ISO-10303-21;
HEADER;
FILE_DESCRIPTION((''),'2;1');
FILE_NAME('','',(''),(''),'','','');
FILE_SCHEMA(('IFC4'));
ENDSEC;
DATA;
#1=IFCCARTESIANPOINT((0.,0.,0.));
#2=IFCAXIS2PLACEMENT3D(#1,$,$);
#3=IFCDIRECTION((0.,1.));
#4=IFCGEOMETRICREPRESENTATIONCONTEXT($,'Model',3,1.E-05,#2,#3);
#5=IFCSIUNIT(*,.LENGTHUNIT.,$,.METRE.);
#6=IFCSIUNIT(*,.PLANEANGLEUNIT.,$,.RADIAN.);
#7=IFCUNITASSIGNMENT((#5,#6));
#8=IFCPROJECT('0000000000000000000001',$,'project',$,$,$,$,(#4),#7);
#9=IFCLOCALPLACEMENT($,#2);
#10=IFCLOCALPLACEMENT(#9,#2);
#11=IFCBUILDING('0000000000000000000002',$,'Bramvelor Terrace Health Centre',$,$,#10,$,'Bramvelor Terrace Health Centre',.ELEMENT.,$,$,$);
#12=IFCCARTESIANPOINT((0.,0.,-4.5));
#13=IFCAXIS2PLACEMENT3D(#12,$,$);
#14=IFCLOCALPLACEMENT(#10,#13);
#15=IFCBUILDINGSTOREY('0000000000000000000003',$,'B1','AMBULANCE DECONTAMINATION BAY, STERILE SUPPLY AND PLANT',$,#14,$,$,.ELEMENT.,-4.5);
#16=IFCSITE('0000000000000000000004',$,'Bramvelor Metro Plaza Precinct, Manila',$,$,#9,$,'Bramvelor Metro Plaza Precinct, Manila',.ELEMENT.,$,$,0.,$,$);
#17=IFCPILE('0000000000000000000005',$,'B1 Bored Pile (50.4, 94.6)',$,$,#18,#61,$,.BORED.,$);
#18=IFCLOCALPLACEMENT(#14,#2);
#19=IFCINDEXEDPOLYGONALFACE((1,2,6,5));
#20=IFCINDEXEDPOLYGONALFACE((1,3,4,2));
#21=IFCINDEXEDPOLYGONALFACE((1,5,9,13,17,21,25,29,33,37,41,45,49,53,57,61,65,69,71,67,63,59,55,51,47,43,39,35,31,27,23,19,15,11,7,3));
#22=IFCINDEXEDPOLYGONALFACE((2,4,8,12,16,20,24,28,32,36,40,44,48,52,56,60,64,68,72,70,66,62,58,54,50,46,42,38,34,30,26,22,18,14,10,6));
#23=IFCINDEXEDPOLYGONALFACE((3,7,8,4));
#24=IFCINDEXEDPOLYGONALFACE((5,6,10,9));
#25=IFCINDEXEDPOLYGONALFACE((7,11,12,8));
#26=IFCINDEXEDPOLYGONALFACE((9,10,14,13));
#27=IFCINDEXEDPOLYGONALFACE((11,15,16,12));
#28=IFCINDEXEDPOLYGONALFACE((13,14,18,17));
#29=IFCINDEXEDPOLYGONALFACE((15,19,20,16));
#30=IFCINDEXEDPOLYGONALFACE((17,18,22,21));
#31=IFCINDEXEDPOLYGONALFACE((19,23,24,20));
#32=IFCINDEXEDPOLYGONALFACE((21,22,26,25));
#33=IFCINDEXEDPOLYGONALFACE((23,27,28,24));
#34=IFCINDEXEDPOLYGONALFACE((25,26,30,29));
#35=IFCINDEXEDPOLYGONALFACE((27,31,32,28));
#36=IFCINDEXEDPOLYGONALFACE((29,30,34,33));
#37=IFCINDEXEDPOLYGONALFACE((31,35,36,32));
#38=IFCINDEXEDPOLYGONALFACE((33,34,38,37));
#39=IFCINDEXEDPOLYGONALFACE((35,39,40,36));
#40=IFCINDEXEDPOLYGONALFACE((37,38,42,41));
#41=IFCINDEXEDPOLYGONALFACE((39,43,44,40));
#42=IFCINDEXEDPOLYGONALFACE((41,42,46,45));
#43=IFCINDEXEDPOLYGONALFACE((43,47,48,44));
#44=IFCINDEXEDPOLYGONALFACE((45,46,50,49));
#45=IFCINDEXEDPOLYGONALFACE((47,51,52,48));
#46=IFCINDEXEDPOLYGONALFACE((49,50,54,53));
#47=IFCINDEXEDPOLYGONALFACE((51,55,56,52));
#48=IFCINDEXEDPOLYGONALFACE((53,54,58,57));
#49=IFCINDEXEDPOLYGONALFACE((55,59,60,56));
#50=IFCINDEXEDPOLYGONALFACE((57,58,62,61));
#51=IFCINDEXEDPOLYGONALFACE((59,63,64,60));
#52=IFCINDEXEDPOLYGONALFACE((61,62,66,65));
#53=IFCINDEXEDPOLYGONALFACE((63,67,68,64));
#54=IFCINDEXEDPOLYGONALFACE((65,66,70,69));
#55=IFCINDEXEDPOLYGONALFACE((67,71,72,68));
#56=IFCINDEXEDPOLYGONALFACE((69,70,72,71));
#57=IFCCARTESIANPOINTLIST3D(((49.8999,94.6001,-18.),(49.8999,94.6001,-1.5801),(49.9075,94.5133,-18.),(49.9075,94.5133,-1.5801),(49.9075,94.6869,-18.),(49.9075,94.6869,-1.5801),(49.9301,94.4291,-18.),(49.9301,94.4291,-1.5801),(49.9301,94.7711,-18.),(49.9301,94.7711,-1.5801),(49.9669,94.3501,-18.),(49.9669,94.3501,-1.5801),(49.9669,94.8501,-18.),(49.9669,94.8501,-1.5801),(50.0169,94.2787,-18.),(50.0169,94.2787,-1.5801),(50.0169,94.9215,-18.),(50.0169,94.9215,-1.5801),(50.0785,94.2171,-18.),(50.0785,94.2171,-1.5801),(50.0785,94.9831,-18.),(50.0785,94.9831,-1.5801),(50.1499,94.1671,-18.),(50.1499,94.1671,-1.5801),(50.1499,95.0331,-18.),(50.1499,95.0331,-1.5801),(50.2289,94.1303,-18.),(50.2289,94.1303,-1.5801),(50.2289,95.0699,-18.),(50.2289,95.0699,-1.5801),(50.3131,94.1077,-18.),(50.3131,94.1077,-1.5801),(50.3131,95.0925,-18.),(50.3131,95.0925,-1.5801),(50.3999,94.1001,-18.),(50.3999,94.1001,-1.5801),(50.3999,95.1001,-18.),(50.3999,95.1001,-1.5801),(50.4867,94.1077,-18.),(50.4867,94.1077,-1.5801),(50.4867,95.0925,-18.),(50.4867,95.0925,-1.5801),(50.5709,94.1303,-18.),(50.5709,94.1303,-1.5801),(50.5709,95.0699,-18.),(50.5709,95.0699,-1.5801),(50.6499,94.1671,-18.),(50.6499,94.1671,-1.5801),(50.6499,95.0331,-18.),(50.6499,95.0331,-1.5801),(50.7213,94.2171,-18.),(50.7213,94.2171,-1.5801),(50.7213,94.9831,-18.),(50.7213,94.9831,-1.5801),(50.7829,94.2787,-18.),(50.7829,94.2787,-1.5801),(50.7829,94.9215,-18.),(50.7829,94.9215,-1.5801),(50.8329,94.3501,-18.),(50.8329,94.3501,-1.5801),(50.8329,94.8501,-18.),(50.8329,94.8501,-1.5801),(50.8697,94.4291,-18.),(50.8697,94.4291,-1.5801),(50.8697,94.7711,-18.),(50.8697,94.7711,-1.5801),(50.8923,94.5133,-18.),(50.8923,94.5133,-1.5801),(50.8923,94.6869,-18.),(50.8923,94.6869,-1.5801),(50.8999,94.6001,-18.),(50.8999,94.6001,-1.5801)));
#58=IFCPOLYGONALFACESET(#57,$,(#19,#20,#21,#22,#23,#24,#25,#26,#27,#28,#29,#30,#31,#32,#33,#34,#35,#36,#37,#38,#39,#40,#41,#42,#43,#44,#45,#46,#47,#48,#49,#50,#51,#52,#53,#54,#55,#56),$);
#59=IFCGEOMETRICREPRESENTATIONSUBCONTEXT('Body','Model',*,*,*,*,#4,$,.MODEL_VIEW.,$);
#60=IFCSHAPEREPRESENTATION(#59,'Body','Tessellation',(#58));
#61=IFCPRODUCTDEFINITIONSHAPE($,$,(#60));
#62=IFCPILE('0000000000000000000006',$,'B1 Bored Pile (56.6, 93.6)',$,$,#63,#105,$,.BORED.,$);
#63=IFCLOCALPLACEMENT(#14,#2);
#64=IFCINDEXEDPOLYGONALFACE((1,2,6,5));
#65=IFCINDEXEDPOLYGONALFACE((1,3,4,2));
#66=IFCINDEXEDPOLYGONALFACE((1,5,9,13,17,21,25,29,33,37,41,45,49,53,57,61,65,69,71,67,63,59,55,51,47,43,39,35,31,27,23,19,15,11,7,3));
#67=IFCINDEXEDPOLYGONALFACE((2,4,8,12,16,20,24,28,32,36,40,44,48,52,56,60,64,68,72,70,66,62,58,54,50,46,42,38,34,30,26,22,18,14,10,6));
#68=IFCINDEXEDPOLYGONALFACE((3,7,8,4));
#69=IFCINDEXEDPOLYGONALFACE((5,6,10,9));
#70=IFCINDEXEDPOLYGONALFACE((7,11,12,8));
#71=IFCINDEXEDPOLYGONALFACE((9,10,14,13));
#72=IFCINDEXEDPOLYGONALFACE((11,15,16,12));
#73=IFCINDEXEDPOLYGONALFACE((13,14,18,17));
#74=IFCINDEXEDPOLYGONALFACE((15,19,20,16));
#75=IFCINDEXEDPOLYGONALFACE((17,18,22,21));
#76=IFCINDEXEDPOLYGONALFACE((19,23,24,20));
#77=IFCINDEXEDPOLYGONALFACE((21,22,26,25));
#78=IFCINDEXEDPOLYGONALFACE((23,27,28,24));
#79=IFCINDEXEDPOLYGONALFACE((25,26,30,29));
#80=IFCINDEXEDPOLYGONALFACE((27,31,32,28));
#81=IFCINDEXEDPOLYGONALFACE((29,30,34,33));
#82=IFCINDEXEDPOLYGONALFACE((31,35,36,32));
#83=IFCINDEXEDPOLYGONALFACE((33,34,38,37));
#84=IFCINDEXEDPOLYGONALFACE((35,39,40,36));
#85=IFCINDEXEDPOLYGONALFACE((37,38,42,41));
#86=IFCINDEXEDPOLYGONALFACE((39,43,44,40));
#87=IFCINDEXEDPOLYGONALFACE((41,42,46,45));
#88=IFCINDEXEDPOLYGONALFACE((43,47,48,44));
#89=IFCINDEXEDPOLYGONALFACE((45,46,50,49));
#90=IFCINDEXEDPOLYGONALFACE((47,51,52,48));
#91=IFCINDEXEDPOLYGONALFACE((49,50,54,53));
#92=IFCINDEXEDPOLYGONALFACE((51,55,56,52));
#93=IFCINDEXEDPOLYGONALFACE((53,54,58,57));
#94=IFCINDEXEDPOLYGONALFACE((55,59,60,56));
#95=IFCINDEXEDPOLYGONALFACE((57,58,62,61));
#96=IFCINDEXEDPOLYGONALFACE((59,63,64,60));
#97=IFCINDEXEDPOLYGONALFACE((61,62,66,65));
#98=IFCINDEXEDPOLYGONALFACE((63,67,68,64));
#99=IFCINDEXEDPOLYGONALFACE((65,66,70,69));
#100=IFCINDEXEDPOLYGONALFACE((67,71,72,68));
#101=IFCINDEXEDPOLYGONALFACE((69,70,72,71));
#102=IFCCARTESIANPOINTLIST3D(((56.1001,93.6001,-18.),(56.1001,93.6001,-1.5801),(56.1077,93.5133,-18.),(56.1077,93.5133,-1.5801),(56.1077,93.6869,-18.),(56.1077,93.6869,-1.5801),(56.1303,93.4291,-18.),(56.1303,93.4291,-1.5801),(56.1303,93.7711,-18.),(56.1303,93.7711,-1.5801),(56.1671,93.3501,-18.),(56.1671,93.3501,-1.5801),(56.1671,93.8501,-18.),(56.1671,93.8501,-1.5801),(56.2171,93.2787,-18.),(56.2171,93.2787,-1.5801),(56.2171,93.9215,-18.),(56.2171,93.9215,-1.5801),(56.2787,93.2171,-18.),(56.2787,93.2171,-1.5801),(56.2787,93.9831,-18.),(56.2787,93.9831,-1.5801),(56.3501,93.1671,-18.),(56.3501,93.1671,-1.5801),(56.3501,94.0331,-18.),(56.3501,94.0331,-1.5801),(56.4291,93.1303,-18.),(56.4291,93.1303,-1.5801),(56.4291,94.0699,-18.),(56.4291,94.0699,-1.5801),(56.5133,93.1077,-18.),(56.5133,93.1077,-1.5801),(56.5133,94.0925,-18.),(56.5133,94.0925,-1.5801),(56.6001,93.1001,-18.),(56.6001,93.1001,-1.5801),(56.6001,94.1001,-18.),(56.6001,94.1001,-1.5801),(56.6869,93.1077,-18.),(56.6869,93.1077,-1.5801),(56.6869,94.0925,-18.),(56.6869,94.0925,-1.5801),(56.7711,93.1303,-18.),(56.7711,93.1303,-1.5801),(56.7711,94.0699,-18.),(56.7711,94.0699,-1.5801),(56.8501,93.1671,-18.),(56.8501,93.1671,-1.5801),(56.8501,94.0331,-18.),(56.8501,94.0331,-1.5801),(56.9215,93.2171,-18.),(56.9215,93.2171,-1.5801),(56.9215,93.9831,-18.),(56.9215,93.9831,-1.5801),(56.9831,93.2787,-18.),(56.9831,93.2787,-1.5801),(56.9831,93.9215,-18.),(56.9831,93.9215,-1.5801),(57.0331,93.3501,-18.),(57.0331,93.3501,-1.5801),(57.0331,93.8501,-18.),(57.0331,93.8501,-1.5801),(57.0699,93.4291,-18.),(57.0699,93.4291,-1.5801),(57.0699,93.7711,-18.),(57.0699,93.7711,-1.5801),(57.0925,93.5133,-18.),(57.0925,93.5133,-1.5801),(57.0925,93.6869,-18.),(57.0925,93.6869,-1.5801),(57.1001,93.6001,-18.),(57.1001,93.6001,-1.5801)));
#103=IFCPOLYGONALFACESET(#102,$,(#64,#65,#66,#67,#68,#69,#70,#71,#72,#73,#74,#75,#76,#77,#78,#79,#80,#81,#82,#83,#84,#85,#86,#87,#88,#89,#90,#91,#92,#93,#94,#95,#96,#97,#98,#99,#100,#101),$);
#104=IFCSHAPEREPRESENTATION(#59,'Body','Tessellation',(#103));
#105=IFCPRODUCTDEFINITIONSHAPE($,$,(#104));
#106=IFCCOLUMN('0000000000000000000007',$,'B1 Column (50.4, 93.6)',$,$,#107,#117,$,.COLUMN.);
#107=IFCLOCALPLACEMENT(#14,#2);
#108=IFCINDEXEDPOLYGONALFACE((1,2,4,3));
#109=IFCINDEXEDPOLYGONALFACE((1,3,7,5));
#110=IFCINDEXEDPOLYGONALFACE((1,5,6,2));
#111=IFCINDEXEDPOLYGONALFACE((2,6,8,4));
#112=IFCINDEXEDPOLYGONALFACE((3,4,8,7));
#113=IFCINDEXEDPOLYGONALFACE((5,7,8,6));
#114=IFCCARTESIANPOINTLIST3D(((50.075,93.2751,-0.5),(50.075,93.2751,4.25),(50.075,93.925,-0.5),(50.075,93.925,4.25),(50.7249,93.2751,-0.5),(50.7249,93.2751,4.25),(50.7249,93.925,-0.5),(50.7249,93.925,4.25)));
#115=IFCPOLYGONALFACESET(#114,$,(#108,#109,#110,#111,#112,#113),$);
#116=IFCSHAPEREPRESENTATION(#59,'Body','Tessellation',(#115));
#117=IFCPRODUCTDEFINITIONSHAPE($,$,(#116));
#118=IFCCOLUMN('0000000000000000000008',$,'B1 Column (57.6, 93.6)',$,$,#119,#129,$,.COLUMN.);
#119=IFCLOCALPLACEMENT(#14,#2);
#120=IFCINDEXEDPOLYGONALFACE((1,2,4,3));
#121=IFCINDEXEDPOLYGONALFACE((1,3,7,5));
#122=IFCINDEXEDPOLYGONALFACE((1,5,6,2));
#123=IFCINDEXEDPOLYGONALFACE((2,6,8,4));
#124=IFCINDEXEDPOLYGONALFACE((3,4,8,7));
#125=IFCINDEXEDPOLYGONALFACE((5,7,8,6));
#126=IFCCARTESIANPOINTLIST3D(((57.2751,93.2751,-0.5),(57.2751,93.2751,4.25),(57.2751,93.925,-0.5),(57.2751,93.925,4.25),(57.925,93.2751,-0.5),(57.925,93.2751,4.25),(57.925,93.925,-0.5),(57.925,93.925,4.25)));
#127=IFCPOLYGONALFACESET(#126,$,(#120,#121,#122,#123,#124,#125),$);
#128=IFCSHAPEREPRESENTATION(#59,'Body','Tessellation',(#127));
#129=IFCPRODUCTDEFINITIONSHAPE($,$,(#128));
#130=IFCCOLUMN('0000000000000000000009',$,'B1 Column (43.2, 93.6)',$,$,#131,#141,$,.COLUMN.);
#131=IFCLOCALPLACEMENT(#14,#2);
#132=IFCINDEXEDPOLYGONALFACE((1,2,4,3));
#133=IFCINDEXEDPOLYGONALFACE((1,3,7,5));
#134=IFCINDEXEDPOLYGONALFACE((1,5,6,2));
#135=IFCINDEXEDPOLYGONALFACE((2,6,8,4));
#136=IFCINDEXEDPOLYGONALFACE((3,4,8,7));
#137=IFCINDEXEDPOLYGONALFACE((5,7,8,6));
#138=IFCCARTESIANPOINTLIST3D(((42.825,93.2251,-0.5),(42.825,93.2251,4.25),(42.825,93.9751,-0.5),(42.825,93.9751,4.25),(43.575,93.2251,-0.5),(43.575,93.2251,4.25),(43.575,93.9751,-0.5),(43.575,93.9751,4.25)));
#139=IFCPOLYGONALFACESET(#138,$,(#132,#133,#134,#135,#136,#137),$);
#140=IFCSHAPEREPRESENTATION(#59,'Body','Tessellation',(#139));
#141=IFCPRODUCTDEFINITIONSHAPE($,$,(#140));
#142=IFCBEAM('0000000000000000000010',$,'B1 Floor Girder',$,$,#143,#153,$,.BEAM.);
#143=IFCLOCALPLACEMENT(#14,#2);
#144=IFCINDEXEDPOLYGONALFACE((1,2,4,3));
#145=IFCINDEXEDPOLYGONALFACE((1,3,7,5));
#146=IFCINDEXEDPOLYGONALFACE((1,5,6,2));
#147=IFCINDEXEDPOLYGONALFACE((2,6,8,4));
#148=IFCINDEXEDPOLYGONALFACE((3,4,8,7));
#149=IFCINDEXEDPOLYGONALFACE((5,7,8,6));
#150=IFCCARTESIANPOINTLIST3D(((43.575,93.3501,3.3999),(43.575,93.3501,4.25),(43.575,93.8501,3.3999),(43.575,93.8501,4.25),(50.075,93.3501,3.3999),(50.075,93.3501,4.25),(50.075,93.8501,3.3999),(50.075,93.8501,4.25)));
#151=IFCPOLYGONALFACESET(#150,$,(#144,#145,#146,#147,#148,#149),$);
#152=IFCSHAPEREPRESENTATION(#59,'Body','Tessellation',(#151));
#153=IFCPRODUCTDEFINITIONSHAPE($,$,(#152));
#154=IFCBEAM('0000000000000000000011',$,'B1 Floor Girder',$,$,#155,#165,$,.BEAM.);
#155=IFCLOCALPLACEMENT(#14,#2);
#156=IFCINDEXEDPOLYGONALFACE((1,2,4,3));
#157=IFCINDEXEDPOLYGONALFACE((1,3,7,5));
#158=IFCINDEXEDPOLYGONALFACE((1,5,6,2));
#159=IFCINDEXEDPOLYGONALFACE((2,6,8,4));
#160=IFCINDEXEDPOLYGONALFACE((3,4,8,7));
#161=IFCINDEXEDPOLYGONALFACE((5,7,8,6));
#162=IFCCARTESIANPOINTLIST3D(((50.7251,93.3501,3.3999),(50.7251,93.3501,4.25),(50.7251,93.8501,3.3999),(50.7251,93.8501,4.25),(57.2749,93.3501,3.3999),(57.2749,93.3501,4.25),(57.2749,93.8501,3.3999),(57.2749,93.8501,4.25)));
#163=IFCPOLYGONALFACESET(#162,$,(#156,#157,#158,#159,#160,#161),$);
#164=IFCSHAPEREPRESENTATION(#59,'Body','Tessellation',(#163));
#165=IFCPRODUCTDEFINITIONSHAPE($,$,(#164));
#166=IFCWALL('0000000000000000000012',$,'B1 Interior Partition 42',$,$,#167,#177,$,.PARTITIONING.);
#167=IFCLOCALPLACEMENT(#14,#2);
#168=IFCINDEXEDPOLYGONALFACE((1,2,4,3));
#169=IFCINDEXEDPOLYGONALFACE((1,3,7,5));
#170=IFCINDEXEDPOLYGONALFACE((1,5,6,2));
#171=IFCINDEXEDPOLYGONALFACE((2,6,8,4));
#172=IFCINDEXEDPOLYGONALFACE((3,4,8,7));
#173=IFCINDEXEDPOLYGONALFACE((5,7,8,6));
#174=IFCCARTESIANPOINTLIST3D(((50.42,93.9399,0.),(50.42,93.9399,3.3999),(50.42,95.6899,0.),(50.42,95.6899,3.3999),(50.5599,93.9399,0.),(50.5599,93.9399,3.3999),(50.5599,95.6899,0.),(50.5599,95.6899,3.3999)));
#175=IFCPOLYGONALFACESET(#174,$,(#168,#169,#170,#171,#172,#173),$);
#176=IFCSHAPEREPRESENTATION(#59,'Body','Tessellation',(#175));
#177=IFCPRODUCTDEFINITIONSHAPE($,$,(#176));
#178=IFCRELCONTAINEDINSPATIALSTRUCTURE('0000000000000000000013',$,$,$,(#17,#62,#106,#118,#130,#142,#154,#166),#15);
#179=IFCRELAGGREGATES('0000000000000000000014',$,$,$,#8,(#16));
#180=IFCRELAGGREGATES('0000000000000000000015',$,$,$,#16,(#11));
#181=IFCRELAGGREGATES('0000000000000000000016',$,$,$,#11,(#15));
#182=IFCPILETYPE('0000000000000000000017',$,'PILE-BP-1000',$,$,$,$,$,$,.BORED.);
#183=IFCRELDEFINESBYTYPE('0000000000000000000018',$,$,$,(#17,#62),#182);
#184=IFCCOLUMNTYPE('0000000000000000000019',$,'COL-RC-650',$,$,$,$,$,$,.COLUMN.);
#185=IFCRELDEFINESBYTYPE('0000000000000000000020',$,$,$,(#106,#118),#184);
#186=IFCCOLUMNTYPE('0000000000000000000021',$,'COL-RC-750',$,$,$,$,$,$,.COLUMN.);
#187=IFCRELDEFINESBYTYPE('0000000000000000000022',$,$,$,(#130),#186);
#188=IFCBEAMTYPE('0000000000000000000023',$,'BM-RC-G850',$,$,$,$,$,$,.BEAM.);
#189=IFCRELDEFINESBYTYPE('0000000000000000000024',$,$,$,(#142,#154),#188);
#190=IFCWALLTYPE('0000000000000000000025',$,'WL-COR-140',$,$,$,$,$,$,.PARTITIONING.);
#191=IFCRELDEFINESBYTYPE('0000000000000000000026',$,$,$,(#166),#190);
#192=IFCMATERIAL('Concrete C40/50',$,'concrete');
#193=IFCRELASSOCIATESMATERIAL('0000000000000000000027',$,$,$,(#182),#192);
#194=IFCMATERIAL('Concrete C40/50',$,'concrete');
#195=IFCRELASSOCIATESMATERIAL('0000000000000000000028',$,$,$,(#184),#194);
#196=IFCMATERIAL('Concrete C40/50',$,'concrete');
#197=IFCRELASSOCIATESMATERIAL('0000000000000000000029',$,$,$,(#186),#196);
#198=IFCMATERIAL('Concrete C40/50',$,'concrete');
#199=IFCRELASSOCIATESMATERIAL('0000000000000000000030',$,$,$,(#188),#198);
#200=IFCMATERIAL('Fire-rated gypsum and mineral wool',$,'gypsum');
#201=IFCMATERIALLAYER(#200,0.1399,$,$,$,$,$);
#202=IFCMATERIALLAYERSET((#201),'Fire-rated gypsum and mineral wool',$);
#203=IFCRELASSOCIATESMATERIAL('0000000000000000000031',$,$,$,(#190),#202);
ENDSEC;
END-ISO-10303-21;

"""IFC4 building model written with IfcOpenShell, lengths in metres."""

from ifc_helpers import new_model, si_unit, direction, frame, frame_2d, origin, origin_2d, place, context, subcontext, project, spatial, rectangle, circle, extrude, material, layer, layer_set, material_profile, profile_set, type_object, element, save


model = new_model("IFC4")

# Units and contexts
model_context = context("Model", 3, precision=1e-05, world=origin(), true_north=direction((0.0, 1.0)))
body_context = subcontext(model_context, "Body", "Model", "MODEL_VIEW")
ifc_project = project(units=[si_unit("LENGTHUNIT", "METRE"), si_unit("PLANEANGLEUNIT", "RADIAN")], contexts=[model_context])

# Site, building, storey
site_placement = place(None, origin())
site = spatial("IfcSite", under=ifc_project, at=site_placement, Name="Bramvelor Metro Plaza Precinct, Manila", LongName="Bramvelor Metro Plaza Precinct, Manila", CompositionType="ELEMENT", RefElevation=0.0)
building_placement = place(site_placement, origin())
building = spatial("IfcBuilding", under=site, at=building_placement, Name="Bramvelor Terrace Health Centre", LongName="Bramvelor Terrace Health Centre", CompositionType="ELEMENT")
storey_placement = place(building_placement, frame((0.0, 0.0, -4.5)))
storey = spatial("IfcBuildingStorey", under=building, at=storey_placement, Name="B1", Description="AMBULANCE DECONTAMINATION BAY, STERILE SUPPLY AND PLANT", CompositionType="ELEMENT", Elevation=-4.5)

# Piles
ifc_material_1 = material(Name="Concrete C40/50", Category="concrete")
ifc_material_profile_1 = material_profile(ifc_material_1, circle(Radius=0.5, at=origin_2d()), Name="BP D1000")
ifc_profile_set_1 = profile_set([ifc_material_profile_1], Name="Concrete C40/50")
pile_type = type_object("IfcPileType", Name="PILE-BP-1000", PredefinedType="BORED", material=ifc_profile_set_1)
for number, where, z_axis, x_axis, name in (
    (1, (50.3999, 94.6001, -1.5801), (0.0, 0.0, -1.0), (1.0, 0.0, 0.0), "B1 Bored Pile (50.4, 94.6)"),
    (2, (56.6001, 93.6001, -1.5801), (0.0, 0.0, -1.0), (1.0, 0.0, 0.0), "B1 Bored Pile (56.6, 93.6)"),
):
    element("IfcPile", number, at=place(storey_placement, frame(where, z_axis=z_axis, x_axis=x_axis)), inside=storey, type_object=pile_type, Name=name, PredefinedType="BORED", context=body_context, shape_type="SweptSolid", body=[
        extrude(circle(Radius=0.5, at=origin_2d()), origin(), (0.0, 0.0, 1.0), 16.4199),
    ])

# Columns
ifc_material_2 = material(Name="Concrete C40/50", Category="concrete")
ifc_material_profile_2 = material_profile(ifc_material_2, rectangle(XDim=0.6499, YDim=0.6499, at=origin_2d()), Name="RC 650x650")
ifc_profile_set_2 = profile_set([ifc_material_profile_2], Name="Concrete C40/50")
column_type_1 = type_object("IfcColumnType", Name="COL-RC-650", PredefinedType="COLUMN", material=ifc_profile_set_2)
for number, where, z_axis, x_axis, name in (
    (3, (50.3999, 93.6001, -0.5), (0.0, 0.0, 1.0), (1.0, 0.0, 0.0), "B1 Column (50.4, 93.6)"),
    (4, (57.6001, 93.6001, -0.5), (0.0, 0.0, 1.0), (1.0, 0.0, 0.0), "B1 Column (57.6, 93.6)"),
):
    element("IfcColumn", number, at=place(storey_placement, frame(where, z_axis=z_axis, x_axis=x_axis)), inside=storey, type_object=column_type_1, Name=name, PredefinedType="COLUMN", context=body_context, shape_type="SweptSolid", body=[
        extrude(rectangle(XDim=0.6499, YDim=0.6499, at=origin_2d()), origin(), (0.0, 0.0, 1.0), 4.75),
    ])
ifc_material_3 = material(Name="Concrete C40/50", Category="concrete")
ifc_material_profile_3 = material_profile(ifc_material_3, rectangle(XDim=0.75, YDim=0.75, at=origin_2d()), Name="RC 750x750")
ifc_profile_set_3 = profile_set([ifc_material_profile_3], Name="Concrete C40/50")
column_type_2 = type_object("IfcColumnType", Name="COL-RC-750", PredefinedType="COLUMN", material=ifc_profile_set_3)
column_placement = place(storey_placement, frame((43.2, 93.6001, -0.5), z_axis=(0.0, 0.0, 1.0), x_axis=(1.0, 0.0, 0.0)))
element("IfcColumn", 5, at=column_placement, inside=storey, type_object=column_type_2, Name="B1 Column (43.2, 93.6)", PredefinedType="COLUMN", context=body_context, shape_type="SweptSolid", body=[
    extrude(rectangle(XDim=0.75, YDim=0.75, at=origin_2d()), origin(), (0.0, 0.0, 1.0), 4.75),
])

# Beams
ifc_material_4 = material(Name="Concrete C40/50", Category="concrete")
ifc_material_profile_4 = material_profile(ifc_material_4, rectangle(XDim=0.5, YDim=0.8501, at=origin_2d()), Name="RC 500x850")
ifc_profile_set_4 = profile_set([ifc_material_profile_4], Name="Concrete C40/50")
beam_type = type_object("IfcBeamType", Name="BM-RC-G850", PredefinedType="BEAM", material=ifc_profile_set_4)
beam_1_placement = place(storey_placement, frame((43.575, 93.6001, 3.825), z_axis=(1.0, 0.0, 0.0), x_axis=(0.0, 1.0, 0.0)))
element("IfcBeam", 6, at=beam_1_placement, inside=storey, type_object=beam_type, Name="B1 Floor Girder", PredefinedType="BEAM", context=body_context, shape_type="SweptSolid", body=[
    extrude(rectangle(XDim=0.5, YDim=0.8501, at=origin_2d()), origin(), (0.0, 0.0, 1.0), 6.5),
])
beam_2_placement = place(storey_placement, frame((50.7251, 93.6001, 3.825), z_axis=(1.0, 0.0, 0.0), x_axis=(0.0, 1.0, 0.0)))
element("IfcBeam", 7, at=beam_2_placement, inside=storey, type_object=beam_type, Name="B1 Floor Girder", PredefinedType="BEAM", context=body_context, shape_type="SweptSolid", body=[
    extrude(rectangle(XDim=0.5, YDim=0.8501, at=origin_2d()), origin(), (0.0, 0.0, 1.0), 6.5498),
])

# Wall
ifc_material_5 = material(Name="Fire-rated gypsum and mineral wool", Category="gypsum")
ifc_layer_1 = layer(ifc_material_5, 0.1399)
ifc_layer_set_1 = layer_set([ifc_layer_1], Name="Fire-rated gypsum and mineral wool")
wall_type_1 = type_object("IfcWallType", Name="WL-COR-140", PredefinedType="PARTITIONING", material=ifc_layer_set_1)
wall_1_placement = place(storey_placement, frame((50.49, 95.6899, 0.0), z_axis=(0.0, 0.0, 1.0), x_axis=(0.0, -1.0, 0.0)))
element("IfcWall", 8, at=wall_1_placement, inside=storey, type_object=wall_type_1, Name="B1 Interior Partition 42", PredefinedType="PARTITIONING", context=body_context, shape_type="SweptSolid", body=[
    extrude(rectangle(XDim=1.75, YDim=0.1399, at=frame_2d((0.875, 0.0))), origin(), (0.0, 0.0, 1.0), 3.3999),
])

save(model, "model.ifc")
